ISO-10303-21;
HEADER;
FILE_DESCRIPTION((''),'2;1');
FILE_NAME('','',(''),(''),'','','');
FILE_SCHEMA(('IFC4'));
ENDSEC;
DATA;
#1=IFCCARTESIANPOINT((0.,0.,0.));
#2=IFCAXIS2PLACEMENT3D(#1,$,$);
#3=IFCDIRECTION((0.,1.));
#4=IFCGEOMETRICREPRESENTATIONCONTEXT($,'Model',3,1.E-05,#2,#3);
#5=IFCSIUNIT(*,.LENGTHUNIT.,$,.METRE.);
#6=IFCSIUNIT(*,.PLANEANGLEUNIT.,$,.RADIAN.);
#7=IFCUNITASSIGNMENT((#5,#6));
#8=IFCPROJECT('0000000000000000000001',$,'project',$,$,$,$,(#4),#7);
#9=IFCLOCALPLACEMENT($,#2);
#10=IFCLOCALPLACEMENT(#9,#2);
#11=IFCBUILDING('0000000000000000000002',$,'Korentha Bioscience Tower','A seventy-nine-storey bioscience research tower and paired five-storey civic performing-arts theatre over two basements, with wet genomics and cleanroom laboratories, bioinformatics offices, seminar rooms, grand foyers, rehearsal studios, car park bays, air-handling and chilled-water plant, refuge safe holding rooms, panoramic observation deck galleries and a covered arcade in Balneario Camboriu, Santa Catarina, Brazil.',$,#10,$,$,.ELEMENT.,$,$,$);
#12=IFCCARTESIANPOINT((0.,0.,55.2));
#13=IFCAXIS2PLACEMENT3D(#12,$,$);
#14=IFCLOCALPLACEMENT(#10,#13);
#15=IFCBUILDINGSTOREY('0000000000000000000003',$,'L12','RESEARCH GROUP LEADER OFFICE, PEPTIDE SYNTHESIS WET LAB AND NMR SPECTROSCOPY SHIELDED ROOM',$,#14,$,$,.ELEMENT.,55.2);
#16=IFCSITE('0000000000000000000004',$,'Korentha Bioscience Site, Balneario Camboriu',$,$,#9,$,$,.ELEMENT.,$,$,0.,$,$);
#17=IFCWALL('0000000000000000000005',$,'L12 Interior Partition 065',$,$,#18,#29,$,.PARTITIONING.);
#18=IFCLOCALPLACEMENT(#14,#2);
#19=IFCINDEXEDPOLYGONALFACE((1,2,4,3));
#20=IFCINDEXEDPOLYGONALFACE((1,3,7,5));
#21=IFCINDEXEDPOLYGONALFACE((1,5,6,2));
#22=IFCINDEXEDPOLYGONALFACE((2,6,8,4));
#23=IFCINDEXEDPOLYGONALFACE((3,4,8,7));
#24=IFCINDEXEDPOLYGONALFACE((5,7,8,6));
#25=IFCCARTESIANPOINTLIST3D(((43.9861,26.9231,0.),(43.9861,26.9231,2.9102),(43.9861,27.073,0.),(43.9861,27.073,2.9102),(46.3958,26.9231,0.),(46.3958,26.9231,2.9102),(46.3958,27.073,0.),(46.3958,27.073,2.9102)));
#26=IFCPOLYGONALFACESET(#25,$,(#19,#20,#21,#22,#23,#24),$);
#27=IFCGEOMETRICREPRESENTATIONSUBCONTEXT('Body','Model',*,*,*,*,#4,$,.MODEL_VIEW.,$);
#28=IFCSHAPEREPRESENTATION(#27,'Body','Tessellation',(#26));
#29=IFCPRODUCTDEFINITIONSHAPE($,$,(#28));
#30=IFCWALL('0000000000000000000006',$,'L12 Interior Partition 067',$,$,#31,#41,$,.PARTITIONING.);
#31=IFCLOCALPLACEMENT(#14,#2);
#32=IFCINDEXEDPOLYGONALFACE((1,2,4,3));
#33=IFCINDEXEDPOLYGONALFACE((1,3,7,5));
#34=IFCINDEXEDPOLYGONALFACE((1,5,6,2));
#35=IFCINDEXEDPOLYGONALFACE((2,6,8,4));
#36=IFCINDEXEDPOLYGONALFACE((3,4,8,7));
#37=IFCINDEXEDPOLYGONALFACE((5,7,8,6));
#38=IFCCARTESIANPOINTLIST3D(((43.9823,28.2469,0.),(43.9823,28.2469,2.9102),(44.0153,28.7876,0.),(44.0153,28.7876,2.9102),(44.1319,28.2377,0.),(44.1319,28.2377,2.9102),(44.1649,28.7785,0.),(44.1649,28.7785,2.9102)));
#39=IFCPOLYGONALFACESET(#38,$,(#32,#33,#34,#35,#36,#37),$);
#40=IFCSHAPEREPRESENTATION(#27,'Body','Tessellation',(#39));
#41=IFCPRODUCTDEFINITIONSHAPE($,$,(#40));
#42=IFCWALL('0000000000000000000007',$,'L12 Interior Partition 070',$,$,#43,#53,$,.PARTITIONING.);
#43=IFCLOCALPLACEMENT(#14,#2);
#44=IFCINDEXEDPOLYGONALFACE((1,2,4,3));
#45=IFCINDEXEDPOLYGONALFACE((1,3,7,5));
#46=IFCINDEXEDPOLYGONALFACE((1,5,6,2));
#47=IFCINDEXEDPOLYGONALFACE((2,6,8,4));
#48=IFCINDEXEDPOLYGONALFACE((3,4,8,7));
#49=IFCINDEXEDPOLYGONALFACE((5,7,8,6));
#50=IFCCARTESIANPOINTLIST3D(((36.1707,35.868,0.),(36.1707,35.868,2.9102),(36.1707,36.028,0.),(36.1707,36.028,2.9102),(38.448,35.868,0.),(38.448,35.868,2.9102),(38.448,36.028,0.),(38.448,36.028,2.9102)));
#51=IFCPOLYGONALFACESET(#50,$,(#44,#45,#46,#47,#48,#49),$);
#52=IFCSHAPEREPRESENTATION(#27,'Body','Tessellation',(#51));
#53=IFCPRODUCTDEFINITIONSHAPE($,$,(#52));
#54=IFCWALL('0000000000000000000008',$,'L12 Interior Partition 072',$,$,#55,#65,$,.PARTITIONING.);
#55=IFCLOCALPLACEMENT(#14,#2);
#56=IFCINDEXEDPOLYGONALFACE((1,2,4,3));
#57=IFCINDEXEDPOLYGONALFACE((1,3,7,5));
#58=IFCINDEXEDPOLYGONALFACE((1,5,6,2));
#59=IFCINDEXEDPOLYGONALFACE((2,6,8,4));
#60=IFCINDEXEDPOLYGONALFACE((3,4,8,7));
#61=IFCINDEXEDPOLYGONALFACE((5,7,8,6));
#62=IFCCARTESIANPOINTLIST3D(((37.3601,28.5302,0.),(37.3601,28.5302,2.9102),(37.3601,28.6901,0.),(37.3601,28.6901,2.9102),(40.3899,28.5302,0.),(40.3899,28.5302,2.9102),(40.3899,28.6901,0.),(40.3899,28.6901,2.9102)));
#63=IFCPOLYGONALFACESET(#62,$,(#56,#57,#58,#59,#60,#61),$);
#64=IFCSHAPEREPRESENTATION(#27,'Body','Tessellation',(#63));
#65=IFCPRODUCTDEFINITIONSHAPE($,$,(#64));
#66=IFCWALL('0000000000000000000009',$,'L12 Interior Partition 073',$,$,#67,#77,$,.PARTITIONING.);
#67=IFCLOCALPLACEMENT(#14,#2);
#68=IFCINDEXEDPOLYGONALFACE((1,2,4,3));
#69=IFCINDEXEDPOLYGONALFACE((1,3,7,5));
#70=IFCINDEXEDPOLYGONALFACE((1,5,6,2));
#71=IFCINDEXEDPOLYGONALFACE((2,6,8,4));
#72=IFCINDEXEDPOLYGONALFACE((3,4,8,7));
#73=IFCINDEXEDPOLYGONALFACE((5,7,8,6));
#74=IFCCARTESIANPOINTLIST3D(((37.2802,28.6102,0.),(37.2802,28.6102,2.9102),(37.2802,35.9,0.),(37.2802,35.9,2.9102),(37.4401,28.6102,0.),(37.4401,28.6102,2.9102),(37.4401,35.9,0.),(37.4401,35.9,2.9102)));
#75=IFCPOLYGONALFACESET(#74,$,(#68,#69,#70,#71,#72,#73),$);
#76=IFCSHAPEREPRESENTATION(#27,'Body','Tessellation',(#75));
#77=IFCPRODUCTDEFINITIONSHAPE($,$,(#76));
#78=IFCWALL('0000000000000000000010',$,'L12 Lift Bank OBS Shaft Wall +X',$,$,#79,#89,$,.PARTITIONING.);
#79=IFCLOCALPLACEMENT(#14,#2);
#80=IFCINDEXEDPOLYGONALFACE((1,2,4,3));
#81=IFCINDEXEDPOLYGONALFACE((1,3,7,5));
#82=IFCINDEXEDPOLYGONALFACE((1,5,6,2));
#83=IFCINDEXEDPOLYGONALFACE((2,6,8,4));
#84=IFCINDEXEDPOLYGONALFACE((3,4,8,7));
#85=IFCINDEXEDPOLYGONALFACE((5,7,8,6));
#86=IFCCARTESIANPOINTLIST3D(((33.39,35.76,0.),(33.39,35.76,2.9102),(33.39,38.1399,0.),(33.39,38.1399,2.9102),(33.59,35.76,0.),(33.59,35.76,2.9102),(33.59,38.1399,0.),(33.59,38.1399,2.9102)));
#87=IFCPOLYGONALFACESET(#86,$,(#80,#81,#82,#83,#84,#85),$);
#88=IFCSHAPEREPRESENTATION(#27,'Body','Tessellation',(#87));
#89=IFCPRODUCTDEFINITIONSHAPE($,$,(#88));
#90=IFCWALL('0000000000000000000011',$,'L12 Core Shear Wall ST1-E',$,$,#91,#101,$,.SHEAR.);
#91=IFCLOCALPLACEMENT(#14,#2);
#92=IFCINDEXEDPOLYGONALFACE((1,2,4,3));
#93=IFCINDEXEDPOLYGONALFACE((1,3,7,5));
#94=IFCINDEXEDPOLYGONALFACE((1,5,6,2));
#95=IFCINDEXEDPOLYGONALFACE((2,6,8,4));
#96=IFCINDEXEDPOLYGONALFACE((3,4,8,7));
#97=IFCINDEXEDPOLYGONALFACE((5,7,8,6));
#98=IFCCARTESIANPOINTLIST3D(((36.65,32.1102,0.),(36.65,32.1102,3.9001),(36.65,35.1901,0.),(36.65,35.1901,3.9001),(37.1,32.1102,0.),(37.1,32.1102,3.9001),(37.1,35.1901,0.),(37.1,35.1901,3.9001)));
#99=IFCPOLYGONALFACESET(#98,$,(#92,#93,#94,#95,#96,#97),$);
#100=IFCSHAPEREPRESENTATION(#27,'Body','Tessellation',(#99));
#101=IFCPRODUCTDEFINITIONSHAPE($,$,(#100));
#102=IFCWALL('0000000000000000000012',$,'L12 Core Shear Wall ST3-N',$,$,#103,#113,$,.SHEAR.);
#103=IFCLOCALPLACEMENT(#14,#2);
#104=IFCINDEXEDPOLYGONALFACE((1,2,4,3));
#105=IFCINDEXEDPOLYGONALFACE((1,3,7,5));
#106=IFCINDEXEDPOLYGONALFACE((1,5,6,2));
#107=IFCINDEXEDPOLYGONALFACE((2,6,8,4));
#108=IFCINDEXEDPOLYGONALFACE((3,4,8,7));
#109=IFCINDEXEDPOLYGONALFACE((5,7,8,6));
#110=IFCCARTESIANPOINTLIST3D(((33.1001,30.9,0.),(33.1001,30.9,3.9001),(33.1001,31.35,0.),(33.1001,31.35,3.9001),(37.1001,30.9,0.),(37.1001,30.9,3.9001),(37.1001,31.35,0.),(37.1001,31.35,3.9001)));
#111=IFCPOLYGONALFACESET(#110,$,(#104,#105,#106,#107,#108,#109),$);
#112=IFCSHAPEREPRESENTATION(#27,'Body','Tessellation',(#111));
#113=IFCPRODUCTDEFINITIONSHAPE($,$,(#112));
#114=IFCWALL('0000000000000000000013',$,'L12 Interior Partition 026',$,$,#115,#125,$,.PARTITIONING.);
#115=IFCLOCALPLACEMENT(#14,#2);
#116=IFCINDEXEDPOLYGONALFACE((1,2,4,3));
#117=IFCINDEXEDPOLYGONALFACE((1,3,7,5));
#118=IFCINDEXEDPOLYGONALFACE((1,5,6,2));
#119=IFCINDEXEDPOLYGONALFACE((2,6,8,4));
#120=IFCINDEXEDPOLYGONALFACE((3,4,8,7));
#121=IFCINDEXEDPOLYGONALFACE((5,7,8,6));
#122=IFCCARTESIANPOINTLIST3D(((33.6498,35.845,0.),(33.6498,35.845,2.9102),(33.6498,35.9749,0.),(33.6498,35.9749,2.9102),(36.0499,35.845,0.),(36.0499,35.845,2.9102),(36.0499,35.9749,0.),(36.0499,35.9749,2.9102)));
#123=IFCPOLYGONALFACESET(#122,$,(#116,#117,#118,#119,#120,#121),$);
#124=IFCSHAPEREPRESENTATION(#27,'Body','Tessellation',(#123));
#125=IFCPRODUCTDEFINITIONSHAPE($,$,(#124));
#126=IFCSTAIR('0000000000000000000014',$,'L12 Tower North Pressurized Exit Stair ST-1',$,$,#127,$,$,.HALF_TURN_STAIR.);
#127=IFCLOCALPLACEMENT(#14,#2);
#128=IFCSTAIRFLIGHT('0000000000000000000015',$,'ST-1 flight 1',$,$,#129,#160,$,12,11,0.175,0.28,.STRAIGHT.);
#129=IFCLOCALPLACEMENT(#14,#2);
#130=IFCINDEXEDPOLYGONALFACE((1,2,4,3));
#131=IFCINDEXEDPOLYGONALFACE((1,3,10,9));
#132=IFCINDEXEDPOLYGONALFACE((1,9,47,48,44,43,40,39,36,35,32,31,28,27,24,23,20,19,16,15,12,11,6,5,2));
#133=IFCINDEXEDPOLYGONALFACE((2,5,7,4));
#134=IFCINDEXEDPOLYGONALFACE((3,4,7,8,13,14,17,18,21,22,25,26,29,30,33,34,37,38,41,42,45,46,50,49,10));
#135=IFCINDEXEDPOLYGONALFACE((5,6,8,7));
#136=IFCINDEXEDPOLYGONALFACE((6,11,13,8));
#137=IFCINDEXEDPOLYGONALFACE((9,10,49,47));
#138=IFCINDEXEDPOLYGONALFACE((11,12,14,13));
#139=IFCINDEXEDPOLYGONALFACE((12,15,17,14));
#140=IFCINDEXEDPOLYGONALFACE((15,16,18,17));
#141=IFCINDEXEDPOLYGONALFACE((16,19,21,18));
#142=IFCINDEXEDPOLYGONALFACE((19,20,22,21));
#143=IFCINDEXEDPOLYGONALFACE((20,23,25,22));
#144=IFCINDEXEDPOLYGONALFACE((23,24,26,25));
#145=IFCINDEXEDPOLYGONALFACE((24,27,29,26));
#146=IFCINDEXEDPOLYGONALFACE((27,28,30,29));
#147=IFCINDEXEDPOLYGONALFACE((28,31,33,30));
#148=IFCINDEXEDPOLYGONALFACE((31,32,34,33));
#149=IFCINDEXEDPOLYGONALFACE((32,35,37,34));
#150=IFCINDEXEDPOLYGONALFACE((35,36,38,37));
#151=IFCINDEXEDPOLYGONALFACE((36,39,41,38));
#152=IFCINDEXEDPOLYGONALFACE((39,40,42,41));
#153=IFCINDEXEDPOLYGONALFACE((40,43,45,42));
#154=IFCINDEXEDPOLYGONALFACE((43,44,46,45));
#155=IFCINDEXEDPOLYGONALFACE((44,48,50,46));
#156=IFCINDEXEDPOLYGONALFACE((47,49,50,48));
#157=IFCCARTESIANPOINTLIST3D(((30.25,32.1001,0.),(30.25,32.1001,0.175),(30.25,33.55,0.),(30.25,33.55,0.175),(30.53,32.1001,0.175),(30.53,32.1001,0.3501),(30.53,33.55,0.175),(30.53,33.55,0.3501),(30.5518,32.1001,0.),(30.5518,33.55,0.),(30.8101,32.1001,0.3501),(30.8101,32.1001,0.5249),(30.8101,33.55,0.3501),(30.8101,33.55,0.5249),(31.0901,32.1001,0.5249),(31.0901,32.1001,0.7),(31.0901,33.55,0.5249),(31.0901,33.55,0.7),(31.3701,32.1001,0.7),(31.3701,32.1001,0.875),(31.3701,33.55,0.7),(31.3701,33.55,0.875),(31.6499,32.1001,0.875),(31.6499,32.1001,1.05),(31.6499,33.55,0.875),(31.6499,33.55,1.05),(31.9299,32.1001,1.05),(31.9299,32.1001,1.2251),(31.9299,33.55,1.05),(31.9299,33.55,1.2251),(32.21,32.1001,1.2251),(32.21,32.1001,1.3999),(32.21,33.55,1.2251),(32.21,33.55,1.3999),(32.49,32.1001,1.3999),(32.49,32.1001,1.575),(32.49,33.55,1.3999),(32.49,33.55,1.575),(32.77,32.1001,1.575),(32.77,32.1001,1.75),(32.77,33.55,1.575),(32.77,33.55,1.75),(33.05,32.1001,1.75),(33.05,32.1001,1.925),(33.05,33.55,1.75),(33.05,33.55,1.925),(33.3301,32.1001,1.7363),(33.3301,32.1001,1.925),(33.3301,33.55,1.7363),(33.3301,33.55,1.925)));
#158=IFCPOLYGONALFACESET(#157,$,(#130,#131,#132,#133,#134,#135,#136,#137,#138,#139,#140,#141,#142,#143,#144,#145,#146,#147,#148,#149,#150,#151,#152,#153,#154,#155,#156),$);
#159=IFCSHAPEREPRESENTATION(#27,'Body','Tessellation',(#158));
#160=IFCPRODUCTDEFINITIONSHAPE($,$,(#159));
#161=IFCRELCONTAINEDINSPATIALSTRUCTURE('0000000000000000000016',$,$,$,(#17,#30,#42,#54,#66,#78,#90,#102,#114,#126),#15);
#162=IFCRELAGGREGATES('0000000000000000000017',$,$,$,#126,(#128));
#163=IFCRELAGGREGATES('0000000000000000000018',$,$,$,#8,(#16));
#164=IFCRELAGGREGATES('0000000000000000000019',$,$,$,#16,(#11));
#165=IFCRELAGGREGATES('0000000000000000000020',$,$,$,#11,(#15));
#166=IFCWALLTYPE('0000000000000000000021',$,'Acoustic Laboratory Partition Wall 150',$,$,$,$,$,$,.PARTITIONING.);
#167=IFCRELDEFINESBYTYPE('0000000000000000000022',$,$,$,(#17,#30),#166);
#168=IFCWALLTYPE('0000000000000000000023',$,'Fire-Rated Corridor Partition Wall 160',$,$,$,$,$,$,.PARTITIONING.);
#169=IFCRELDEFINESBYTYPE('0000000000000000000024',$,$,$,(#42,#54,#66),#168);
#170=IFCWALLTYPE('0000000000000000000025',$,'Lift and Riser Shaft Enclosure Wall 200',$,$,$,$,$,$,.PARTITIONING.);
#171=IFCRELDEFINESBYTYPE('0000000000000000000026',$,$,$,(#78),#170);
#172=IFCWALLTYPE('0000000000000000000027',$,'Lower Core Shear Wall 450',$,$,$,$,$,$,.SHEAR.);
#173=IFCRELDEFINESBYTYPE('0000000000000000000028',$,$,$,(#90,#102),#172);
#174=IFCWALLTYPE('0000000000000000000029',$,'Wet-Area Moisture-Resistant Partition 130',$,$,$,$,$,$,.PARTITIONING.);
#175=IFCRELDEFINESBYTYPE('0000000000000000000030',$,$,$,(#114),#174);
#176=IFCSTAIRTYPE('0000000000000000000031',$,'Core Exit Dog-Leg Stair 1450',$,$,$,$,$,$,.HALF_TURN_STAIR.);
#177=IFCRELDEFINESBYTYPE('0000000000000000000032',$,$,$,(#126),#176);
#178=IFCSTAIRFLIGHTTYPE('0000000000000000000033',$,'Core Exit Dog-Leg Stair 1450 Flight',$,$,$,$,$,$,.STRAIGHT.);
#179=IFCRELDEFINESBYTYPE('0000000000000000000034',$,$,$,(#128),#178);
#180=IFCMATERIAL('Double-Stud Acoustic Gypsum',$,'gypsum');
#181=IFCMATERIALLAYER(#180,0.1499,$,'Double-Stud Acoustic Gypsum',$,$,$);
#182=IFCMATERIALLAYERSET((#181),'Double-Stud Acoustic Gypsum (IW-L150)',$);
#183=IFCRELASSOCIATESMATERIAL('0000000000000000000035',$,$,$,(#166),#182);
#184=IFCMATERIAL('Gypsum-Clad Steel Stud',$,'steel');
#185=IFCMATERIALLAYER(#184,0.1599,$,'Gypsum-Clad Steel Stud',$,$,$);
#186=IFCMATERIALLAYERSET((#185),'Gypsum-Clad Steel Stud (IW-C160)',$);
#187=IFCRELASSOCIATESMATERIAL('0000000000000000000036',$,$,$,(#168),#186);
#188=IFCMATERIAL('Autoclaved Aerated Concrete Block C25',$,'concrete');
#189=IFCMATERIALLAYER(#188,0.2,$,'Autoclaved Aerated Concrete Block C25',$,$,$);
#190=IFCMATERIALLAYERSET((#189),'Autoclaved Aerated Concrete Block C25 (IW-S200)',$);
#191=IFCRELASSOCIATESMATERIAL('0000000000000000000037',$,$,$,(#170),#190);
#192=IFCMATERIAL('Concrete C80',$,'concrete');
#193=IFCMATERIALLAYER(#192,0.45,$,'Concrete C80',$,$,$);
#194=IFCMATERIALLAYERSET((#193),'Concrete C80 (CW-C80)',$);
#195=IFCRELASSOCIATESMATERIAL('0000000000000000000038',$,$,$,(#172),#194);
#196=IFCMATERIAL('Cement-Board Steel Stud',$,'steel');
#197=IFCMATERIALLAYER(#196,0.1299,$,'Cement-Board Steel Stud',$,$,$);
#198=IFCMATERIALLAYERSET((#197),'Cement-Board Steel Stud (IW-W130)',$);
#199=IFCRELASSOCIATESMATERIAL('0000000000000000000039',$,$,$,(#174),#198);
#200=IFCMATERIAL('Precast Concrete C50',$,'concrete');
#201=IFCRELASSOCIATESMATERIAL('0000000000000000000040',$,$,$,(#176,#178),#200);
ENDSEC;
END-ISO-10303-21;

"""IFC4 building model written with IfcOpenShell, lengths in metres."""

from ifc_helpers import new_model, si_unit, direction, frame, frame_2d, origin, place, context, subcontext, project, spatial, polyline, rectangle, outline, extrude, material, layer, layer_set, type_object, element, aggregate, save


model = new_model("IFC4")

# Units and contexts
model_context = context("Model", 3, precision=1e-05, world=origin(), true_north=direction((0.0, 1.0)))
body_context = subcontext(model_context, "Body", "Model", "MODEL_VIEW")
ifc_project = project(units=[si_unit("LENGTHUNIT", "METRE"), si_unit("PLANEANGLEUNIT", "RADIAN")], contexts=[model_context])

# Site, building, storey
site_placement = place(None, origin())
site = spatial("IfcSite", under=ifc_project, at=site_placement, Name="Korentha Bioscience Site, Balneario Camboriu", CompositionType="ELEMENT", RefElevation=0.0)
building_placement = place(site_placement, origin())
building = spatial("IfcBuilding", under=site, at=building_placement, Name="Korentha Bioscience Tower", Description="A seventy-nine-storey bioscience research tower and paired five-storey civic performing-arts theatre over two basements, with wet genomics and cleanroom laboratories, bioinformatics offices, seminar rooms, grand foyers, rehearsal studios, car park bays, air-handling and chilled-water plant, refuge safe holding rooms, panoramic observation deck galleries and a covered arcade in Balneario Camboriu, Santa Catarina, Brazil.", CompositionType="ELEMENT")
storey_placement = place(building_placement, frame((0.0, 0.0, 55.2)))
storey = spatial("IfcBuildingStorey", under=building, at=storey_placement, Name="L12", Description="RESEARCH GROUP LEADER OFFICE, PEPTIDE SYNTHESIS WET LAB AND NMR SPECTROSCOPY SHIELDED ROOM", CompositionType="ELEMENT", Elevation=55.2)

# Walls
ifc_material_1 = material(Name="Double-Stud Acoustic Gypsum", Category="gypsum")
ifc_layer_1 = layer(ifc_material_1, 0.1499, Name="Double-Stud Acoustic Gypsum")
ifc_layer_set_1 = layer_set([ifc_layer_1], Name="Double-Stud Acoustic Gypsum (IW-L150)")
wall_type_1 = type_object("IfcWallType", Name="Acoustic Laboratory Partition Wall 150", PredefinedType="PARTITIONING", material=ifc_layer_set_1)
wall_1_placement = place(storey_placement, frame((43.9861, 26.998, 0.0), z_axis=(0.0, 0.0, 1.0), x_axis=(1.0, 0.0, 0.0)))
element("IfcWall", 1, at=wall_1_placement, inside=storey, type_object=wall_type_1, Name="L12 Interior Partition 065", PredefinedType="PARTITIONING", context=body_context, shape_type="SweptSolid", body=[
    extrude(rectangle(XDim=2.4097, YDim=0.1499, at=frame_2d((1.2048, 0.0))), origin(), (0.0, 0.0, 1.0), 2.9102),
])
wall_2_placement = place(storey_placement, frame((44.0571, 28.2422, 0.0), z_axis=(0.0, 0.0, 1.0), x_axis=(0.060835, 0.998148, 0.0)))
element("IfcWall", 2, at=wall_2_placement, inside=storey, type_object=wall_type_1, Name="L12 Interior Partition 067", PredefinedType="PARTITIONING", context=body_context, shape_type="SweptSolid", body=[
    extrude(rectangle(XDim=0.5417, YDim=0.1499, at=frame_2d((0.271, 0.0))), origin(), (0.0, 0.0, 1.0), 2.9102),
])
ifc_material_2 = material(Name="Gypsum-Clad Steel Stud", Category="steel")
ifc_layer_2 = layer(ifc_material_2, 0.1599, Name="Gypsum-Clad Steel Stud")
ifc_layer_set_2 = layer_set([ifc_layer_2], Name="Gypsum-Clad Steel Stud (IW-C160)")
wall_type_2 = type_object("IfcWallType", Name="Fire-Rated Corridor Partition Wall 160", PredefinedType="PARTITIONING", material=ifc_layer_set_2)
wall_3_placement = place(storey_placement, frame((36.1707, 35.948, 0.0), z_axis=(0.0, 0.0, 1.0), x_axis=(1.0, 0.0, 0.0)))
element("IfcWall", 3, at=wall_3_placement, inside=storey, type_object=wall_type_2, Name="L12 Interior Partition 070", PredefinedType="PARTITIONING", context=body_context, shape_type="SweptSolid", body=[
    extrude(rectangle(XDim=2.2773, YDim=0.1599, at=frame_2d((1.1387, 0.0))), origin(), (0.0, 0.0, 1.0), 2.9102),
])
wall_4_placement = place(storey_placement, frame((40.3899, 28.6101, 0.0), z_axis=(0.0, 0.0, 1.0), x_axis=(-1.0, 0.0, 0.0)))
element("IfcWall", 4, at=wall_4_placement, inside=storey, type_object=wall_type_2, Name="L12 Interior Partition 072", PredefinedType="PARTITIONING", context=body_context, shape_type="SweptSolid", body=[
    extrude(rectangle(XDim=3.0298, YDim=0.1599, at=frame_2d((1.5149, 0.0))), origin(), (0.0, 0.0, 1.0), 2.9102),
])
wall_5_placement = place(storey_placement, frame((37.3601, 28.6101, 0.0), z_axis=(0.0, 0.0, 1.0), x_axis=(0.0, 1.0, 0.0)))
element("IfcWall", 5, at=wall_5_placement, inside=storey, type_object=wall_type_2, Name="L12 Interior Partition 073", PredefinedType="PARTITIONING", context=body_context, shape_type="SweptSolid", body=[
    extrude(rectangle(XDim=7.2898, YDim=0.1599, at=frame_2d((3.645, 0.0))), origin(), (0.0, 0.0, 1.0), 2.9102),
])
ifc_material_3 = material(Name="Autoclaved Aerated Concrete Block C25", Category="concrete")
ifc_layer_3 = layer(ifc_material_3, 0.2, Name="Autoclaved Aerated Concrete Block C25")
ifc_layer_set_3 = layer_set([ifc_layer_3], Name="Autoclaved Aerated Concrete Block C25 (IW-S200)")
wall_type_3 = type_object("IfcWallType", Name="Lift and Riser Shaft Enclosure Wall 200", PredefinedType="PARTITIONING", material=ifc_layer_set_3)
wall_6_placement = place(storey_placement, frame((33.49, 35.76, 0.0), z_axis=(0.0, 0.0, 1.0), x_axis=(0.0, 1.0, 0.0)))
element("IfcWall", 6, at=wall_6_placement, inside=storey, type_object=wall_type_3, Name="L12 Lift Bank OBS Shaft Wall +X", PredefinedType="PARTITIONING", context=body_context, shape_type="SweptSolid", body=[
    extrude(rectangle(XDim=2.3799, YDim=0.2, at=frame_2d((1.1899, 0.0))), origin(), (0.0, 0.0, 1.0), 2.9102),
])
ifc_material_4 = material(Name="Concrete C80", Category="concrete")
ifc_layer_4 = layer(ifc_material_4, 0.45, Name="Concrete C80")
ifc_layer_set_4 = layer_set([ifc_layer_4], Name="Concrete C80 (CW-C80)")
wall_type_4 = type_object("IfcWallType", Name="Lower Core Shear Wall 450", PredefinedType="SHEAR", material=ifc_layer_set_4)
wall_7_placement = place(storey_placement, frame((36.875, 32.1101, 0.0), z_axis=(0.0, 0.0, 1.0), x_axis=(0.0, 1.0, 0.0)))
element("IfcWall", 7, at=wall_7_placement, inside=storey, type_object=wall_type_4, Name="L12 Core Shear Wall ST1-E", PredefinedType="SHEAR", context=body_context, shape_type="SweptSolid", body=[
    extrude(rectangle(XDim=3.0798, YDim=0.45, at=frame_2d((1.54, 0.0))), origin(), (0.0, 0.0, 1.0), 3.9001),
])
wall_8_placement = place(storey_placement, frame((33.1001, 31.125, 0.0), z_axis=(0.0, 0.0, 1.0), x_axis=(1.0, 0.0, 0.0)))
element("IfcWall", 8, at=wall_8_placement, inside=storey, type_object=wall_type_4, Name="L12 Core Shear Wall ST3-N", PredefinedType="SHEAR", context=body_context, shape_type="SweptSolid", body=[
    extrude(rectangle(XDim=4.0, YDim=0.45, at=frame_2d((2.0, 0.0))), origin(), (0.0, 0.0, 1.0), 3.9001),
])
ifc_material_5 = material(Name="Cement-Board Steel Stud", Category="steel")
ifc_layer_5 = layer(ifc_material_5, 0.1299, Name="Cement-Board Steel Stud")
ifc_layer_set_5 = layer_set([ifc_layer_5], Name="Cement-Board Steel Stud (IW-W130)")
wall_type_5 = type_object("IfcWallType", Name="Wet-Area Moisture-Resistant Partition 130", PredefinedType="PARTITIONING", material=ifc_layer_set_5)
wall_9_placement = place(storey_placement, frame((36.05, 35.9099, 0.0), z_axis=(0.0, 0.0, 1.0), x_axis=(-1.0, 0.0, 0.0)))
element("IfcWall", 9, at=wall_9_placement, inside=storey, type_object=wall_type_5, Name="L12 Interior Partition 026", PredefinedType="PARTITIONING", context=body_context, shape_type="SweptSolid", body=[
    extrude(rectangle(XDim=2.4001, YDim=0.1299, at=frame_2d((1.2002, 0.0))), origin(), (0.0, 0.0, 1.0), 2.9102),
])

# Stair, stair flight
ifc_material_6 = material(Name="Precast Concrete C50", Category="concrete")
stair_type = type_object("IfcStairType", Name="Core Exit Dog-Leg Stair 1450", PredefinedType="HALF_TURN_STAIR", material=ifc_material_6)
stair_1_placement = place(storey_placement, origin())
stair_1 = element("IfcStair", 10, at=stair_1_placement, inside=storey, type_object=stair_type, Name="L12 Tower North Pressurized Exit Stair ST-1", PredefinedType="HALF_TURN_STAIR")
stair_flight_type = type_object("IfcStairFlightType", Name="Core Exit Dog-Leg Stair 1450 Flight", PredefinedType="STRAIGHT", material=ifc_material_6)
stair_flight_1_placement = place(storey_placement, frame((30.25, 32.825, 0.0), z_axis=(0.0, 0.0, 1.0), x_axis=(1.0, 0.0, 0.0)))
stair_flight_1 = element("IfcStairFlight", 11, at=stair_flight_1_placement, type_object=stair_flight_type, Name="ST-1 flight 1", NumberOfRisers=12, NumberOfTreads=11, PredefinedType="STRAIGHT", RiserHeight=0.175, TreadLength=0.28, context=body_context, shape_type="SweptSolid", body=[
    extrude(outline(polyline([(0.0, 0.0), (0.0, 0.175), (0.28, 0.175), (0.28, 0.3501), (0.5601, 0.3501), (0.5601, 0.5249), (0.8401, 0.5249), (0.8401, 0.7), (1.1201, 0.7), (1.1201, 0.875), (1.3999, 0.875), (1.3999, 1.05), (1.6799, 1.05), (1.6799, 1.2251), (1.96, 1.2251), (1.96, 1.3999), (2.24, 1.3999), (2.24, 1.575), (2.52, 1.575), (2.52, 1.75), (2.8, 1.75), (2.8, 1.925), (3.0801, 1.925), (3.0801, 2.1001), (3.0801, 1.7363), (0.3018, 0.0), (0.0, 0.0)])), frame((0.0, 0.7251, 0.0), z_axis=(0.0, -1.0, 0.0), x_axis=(1.0, 0.0, 0.0)), (0.0, 0.0, 1.0), 1.45),
])
aggregate(stair_1, [stair_flight_1])

save(model, "model.ifc")
